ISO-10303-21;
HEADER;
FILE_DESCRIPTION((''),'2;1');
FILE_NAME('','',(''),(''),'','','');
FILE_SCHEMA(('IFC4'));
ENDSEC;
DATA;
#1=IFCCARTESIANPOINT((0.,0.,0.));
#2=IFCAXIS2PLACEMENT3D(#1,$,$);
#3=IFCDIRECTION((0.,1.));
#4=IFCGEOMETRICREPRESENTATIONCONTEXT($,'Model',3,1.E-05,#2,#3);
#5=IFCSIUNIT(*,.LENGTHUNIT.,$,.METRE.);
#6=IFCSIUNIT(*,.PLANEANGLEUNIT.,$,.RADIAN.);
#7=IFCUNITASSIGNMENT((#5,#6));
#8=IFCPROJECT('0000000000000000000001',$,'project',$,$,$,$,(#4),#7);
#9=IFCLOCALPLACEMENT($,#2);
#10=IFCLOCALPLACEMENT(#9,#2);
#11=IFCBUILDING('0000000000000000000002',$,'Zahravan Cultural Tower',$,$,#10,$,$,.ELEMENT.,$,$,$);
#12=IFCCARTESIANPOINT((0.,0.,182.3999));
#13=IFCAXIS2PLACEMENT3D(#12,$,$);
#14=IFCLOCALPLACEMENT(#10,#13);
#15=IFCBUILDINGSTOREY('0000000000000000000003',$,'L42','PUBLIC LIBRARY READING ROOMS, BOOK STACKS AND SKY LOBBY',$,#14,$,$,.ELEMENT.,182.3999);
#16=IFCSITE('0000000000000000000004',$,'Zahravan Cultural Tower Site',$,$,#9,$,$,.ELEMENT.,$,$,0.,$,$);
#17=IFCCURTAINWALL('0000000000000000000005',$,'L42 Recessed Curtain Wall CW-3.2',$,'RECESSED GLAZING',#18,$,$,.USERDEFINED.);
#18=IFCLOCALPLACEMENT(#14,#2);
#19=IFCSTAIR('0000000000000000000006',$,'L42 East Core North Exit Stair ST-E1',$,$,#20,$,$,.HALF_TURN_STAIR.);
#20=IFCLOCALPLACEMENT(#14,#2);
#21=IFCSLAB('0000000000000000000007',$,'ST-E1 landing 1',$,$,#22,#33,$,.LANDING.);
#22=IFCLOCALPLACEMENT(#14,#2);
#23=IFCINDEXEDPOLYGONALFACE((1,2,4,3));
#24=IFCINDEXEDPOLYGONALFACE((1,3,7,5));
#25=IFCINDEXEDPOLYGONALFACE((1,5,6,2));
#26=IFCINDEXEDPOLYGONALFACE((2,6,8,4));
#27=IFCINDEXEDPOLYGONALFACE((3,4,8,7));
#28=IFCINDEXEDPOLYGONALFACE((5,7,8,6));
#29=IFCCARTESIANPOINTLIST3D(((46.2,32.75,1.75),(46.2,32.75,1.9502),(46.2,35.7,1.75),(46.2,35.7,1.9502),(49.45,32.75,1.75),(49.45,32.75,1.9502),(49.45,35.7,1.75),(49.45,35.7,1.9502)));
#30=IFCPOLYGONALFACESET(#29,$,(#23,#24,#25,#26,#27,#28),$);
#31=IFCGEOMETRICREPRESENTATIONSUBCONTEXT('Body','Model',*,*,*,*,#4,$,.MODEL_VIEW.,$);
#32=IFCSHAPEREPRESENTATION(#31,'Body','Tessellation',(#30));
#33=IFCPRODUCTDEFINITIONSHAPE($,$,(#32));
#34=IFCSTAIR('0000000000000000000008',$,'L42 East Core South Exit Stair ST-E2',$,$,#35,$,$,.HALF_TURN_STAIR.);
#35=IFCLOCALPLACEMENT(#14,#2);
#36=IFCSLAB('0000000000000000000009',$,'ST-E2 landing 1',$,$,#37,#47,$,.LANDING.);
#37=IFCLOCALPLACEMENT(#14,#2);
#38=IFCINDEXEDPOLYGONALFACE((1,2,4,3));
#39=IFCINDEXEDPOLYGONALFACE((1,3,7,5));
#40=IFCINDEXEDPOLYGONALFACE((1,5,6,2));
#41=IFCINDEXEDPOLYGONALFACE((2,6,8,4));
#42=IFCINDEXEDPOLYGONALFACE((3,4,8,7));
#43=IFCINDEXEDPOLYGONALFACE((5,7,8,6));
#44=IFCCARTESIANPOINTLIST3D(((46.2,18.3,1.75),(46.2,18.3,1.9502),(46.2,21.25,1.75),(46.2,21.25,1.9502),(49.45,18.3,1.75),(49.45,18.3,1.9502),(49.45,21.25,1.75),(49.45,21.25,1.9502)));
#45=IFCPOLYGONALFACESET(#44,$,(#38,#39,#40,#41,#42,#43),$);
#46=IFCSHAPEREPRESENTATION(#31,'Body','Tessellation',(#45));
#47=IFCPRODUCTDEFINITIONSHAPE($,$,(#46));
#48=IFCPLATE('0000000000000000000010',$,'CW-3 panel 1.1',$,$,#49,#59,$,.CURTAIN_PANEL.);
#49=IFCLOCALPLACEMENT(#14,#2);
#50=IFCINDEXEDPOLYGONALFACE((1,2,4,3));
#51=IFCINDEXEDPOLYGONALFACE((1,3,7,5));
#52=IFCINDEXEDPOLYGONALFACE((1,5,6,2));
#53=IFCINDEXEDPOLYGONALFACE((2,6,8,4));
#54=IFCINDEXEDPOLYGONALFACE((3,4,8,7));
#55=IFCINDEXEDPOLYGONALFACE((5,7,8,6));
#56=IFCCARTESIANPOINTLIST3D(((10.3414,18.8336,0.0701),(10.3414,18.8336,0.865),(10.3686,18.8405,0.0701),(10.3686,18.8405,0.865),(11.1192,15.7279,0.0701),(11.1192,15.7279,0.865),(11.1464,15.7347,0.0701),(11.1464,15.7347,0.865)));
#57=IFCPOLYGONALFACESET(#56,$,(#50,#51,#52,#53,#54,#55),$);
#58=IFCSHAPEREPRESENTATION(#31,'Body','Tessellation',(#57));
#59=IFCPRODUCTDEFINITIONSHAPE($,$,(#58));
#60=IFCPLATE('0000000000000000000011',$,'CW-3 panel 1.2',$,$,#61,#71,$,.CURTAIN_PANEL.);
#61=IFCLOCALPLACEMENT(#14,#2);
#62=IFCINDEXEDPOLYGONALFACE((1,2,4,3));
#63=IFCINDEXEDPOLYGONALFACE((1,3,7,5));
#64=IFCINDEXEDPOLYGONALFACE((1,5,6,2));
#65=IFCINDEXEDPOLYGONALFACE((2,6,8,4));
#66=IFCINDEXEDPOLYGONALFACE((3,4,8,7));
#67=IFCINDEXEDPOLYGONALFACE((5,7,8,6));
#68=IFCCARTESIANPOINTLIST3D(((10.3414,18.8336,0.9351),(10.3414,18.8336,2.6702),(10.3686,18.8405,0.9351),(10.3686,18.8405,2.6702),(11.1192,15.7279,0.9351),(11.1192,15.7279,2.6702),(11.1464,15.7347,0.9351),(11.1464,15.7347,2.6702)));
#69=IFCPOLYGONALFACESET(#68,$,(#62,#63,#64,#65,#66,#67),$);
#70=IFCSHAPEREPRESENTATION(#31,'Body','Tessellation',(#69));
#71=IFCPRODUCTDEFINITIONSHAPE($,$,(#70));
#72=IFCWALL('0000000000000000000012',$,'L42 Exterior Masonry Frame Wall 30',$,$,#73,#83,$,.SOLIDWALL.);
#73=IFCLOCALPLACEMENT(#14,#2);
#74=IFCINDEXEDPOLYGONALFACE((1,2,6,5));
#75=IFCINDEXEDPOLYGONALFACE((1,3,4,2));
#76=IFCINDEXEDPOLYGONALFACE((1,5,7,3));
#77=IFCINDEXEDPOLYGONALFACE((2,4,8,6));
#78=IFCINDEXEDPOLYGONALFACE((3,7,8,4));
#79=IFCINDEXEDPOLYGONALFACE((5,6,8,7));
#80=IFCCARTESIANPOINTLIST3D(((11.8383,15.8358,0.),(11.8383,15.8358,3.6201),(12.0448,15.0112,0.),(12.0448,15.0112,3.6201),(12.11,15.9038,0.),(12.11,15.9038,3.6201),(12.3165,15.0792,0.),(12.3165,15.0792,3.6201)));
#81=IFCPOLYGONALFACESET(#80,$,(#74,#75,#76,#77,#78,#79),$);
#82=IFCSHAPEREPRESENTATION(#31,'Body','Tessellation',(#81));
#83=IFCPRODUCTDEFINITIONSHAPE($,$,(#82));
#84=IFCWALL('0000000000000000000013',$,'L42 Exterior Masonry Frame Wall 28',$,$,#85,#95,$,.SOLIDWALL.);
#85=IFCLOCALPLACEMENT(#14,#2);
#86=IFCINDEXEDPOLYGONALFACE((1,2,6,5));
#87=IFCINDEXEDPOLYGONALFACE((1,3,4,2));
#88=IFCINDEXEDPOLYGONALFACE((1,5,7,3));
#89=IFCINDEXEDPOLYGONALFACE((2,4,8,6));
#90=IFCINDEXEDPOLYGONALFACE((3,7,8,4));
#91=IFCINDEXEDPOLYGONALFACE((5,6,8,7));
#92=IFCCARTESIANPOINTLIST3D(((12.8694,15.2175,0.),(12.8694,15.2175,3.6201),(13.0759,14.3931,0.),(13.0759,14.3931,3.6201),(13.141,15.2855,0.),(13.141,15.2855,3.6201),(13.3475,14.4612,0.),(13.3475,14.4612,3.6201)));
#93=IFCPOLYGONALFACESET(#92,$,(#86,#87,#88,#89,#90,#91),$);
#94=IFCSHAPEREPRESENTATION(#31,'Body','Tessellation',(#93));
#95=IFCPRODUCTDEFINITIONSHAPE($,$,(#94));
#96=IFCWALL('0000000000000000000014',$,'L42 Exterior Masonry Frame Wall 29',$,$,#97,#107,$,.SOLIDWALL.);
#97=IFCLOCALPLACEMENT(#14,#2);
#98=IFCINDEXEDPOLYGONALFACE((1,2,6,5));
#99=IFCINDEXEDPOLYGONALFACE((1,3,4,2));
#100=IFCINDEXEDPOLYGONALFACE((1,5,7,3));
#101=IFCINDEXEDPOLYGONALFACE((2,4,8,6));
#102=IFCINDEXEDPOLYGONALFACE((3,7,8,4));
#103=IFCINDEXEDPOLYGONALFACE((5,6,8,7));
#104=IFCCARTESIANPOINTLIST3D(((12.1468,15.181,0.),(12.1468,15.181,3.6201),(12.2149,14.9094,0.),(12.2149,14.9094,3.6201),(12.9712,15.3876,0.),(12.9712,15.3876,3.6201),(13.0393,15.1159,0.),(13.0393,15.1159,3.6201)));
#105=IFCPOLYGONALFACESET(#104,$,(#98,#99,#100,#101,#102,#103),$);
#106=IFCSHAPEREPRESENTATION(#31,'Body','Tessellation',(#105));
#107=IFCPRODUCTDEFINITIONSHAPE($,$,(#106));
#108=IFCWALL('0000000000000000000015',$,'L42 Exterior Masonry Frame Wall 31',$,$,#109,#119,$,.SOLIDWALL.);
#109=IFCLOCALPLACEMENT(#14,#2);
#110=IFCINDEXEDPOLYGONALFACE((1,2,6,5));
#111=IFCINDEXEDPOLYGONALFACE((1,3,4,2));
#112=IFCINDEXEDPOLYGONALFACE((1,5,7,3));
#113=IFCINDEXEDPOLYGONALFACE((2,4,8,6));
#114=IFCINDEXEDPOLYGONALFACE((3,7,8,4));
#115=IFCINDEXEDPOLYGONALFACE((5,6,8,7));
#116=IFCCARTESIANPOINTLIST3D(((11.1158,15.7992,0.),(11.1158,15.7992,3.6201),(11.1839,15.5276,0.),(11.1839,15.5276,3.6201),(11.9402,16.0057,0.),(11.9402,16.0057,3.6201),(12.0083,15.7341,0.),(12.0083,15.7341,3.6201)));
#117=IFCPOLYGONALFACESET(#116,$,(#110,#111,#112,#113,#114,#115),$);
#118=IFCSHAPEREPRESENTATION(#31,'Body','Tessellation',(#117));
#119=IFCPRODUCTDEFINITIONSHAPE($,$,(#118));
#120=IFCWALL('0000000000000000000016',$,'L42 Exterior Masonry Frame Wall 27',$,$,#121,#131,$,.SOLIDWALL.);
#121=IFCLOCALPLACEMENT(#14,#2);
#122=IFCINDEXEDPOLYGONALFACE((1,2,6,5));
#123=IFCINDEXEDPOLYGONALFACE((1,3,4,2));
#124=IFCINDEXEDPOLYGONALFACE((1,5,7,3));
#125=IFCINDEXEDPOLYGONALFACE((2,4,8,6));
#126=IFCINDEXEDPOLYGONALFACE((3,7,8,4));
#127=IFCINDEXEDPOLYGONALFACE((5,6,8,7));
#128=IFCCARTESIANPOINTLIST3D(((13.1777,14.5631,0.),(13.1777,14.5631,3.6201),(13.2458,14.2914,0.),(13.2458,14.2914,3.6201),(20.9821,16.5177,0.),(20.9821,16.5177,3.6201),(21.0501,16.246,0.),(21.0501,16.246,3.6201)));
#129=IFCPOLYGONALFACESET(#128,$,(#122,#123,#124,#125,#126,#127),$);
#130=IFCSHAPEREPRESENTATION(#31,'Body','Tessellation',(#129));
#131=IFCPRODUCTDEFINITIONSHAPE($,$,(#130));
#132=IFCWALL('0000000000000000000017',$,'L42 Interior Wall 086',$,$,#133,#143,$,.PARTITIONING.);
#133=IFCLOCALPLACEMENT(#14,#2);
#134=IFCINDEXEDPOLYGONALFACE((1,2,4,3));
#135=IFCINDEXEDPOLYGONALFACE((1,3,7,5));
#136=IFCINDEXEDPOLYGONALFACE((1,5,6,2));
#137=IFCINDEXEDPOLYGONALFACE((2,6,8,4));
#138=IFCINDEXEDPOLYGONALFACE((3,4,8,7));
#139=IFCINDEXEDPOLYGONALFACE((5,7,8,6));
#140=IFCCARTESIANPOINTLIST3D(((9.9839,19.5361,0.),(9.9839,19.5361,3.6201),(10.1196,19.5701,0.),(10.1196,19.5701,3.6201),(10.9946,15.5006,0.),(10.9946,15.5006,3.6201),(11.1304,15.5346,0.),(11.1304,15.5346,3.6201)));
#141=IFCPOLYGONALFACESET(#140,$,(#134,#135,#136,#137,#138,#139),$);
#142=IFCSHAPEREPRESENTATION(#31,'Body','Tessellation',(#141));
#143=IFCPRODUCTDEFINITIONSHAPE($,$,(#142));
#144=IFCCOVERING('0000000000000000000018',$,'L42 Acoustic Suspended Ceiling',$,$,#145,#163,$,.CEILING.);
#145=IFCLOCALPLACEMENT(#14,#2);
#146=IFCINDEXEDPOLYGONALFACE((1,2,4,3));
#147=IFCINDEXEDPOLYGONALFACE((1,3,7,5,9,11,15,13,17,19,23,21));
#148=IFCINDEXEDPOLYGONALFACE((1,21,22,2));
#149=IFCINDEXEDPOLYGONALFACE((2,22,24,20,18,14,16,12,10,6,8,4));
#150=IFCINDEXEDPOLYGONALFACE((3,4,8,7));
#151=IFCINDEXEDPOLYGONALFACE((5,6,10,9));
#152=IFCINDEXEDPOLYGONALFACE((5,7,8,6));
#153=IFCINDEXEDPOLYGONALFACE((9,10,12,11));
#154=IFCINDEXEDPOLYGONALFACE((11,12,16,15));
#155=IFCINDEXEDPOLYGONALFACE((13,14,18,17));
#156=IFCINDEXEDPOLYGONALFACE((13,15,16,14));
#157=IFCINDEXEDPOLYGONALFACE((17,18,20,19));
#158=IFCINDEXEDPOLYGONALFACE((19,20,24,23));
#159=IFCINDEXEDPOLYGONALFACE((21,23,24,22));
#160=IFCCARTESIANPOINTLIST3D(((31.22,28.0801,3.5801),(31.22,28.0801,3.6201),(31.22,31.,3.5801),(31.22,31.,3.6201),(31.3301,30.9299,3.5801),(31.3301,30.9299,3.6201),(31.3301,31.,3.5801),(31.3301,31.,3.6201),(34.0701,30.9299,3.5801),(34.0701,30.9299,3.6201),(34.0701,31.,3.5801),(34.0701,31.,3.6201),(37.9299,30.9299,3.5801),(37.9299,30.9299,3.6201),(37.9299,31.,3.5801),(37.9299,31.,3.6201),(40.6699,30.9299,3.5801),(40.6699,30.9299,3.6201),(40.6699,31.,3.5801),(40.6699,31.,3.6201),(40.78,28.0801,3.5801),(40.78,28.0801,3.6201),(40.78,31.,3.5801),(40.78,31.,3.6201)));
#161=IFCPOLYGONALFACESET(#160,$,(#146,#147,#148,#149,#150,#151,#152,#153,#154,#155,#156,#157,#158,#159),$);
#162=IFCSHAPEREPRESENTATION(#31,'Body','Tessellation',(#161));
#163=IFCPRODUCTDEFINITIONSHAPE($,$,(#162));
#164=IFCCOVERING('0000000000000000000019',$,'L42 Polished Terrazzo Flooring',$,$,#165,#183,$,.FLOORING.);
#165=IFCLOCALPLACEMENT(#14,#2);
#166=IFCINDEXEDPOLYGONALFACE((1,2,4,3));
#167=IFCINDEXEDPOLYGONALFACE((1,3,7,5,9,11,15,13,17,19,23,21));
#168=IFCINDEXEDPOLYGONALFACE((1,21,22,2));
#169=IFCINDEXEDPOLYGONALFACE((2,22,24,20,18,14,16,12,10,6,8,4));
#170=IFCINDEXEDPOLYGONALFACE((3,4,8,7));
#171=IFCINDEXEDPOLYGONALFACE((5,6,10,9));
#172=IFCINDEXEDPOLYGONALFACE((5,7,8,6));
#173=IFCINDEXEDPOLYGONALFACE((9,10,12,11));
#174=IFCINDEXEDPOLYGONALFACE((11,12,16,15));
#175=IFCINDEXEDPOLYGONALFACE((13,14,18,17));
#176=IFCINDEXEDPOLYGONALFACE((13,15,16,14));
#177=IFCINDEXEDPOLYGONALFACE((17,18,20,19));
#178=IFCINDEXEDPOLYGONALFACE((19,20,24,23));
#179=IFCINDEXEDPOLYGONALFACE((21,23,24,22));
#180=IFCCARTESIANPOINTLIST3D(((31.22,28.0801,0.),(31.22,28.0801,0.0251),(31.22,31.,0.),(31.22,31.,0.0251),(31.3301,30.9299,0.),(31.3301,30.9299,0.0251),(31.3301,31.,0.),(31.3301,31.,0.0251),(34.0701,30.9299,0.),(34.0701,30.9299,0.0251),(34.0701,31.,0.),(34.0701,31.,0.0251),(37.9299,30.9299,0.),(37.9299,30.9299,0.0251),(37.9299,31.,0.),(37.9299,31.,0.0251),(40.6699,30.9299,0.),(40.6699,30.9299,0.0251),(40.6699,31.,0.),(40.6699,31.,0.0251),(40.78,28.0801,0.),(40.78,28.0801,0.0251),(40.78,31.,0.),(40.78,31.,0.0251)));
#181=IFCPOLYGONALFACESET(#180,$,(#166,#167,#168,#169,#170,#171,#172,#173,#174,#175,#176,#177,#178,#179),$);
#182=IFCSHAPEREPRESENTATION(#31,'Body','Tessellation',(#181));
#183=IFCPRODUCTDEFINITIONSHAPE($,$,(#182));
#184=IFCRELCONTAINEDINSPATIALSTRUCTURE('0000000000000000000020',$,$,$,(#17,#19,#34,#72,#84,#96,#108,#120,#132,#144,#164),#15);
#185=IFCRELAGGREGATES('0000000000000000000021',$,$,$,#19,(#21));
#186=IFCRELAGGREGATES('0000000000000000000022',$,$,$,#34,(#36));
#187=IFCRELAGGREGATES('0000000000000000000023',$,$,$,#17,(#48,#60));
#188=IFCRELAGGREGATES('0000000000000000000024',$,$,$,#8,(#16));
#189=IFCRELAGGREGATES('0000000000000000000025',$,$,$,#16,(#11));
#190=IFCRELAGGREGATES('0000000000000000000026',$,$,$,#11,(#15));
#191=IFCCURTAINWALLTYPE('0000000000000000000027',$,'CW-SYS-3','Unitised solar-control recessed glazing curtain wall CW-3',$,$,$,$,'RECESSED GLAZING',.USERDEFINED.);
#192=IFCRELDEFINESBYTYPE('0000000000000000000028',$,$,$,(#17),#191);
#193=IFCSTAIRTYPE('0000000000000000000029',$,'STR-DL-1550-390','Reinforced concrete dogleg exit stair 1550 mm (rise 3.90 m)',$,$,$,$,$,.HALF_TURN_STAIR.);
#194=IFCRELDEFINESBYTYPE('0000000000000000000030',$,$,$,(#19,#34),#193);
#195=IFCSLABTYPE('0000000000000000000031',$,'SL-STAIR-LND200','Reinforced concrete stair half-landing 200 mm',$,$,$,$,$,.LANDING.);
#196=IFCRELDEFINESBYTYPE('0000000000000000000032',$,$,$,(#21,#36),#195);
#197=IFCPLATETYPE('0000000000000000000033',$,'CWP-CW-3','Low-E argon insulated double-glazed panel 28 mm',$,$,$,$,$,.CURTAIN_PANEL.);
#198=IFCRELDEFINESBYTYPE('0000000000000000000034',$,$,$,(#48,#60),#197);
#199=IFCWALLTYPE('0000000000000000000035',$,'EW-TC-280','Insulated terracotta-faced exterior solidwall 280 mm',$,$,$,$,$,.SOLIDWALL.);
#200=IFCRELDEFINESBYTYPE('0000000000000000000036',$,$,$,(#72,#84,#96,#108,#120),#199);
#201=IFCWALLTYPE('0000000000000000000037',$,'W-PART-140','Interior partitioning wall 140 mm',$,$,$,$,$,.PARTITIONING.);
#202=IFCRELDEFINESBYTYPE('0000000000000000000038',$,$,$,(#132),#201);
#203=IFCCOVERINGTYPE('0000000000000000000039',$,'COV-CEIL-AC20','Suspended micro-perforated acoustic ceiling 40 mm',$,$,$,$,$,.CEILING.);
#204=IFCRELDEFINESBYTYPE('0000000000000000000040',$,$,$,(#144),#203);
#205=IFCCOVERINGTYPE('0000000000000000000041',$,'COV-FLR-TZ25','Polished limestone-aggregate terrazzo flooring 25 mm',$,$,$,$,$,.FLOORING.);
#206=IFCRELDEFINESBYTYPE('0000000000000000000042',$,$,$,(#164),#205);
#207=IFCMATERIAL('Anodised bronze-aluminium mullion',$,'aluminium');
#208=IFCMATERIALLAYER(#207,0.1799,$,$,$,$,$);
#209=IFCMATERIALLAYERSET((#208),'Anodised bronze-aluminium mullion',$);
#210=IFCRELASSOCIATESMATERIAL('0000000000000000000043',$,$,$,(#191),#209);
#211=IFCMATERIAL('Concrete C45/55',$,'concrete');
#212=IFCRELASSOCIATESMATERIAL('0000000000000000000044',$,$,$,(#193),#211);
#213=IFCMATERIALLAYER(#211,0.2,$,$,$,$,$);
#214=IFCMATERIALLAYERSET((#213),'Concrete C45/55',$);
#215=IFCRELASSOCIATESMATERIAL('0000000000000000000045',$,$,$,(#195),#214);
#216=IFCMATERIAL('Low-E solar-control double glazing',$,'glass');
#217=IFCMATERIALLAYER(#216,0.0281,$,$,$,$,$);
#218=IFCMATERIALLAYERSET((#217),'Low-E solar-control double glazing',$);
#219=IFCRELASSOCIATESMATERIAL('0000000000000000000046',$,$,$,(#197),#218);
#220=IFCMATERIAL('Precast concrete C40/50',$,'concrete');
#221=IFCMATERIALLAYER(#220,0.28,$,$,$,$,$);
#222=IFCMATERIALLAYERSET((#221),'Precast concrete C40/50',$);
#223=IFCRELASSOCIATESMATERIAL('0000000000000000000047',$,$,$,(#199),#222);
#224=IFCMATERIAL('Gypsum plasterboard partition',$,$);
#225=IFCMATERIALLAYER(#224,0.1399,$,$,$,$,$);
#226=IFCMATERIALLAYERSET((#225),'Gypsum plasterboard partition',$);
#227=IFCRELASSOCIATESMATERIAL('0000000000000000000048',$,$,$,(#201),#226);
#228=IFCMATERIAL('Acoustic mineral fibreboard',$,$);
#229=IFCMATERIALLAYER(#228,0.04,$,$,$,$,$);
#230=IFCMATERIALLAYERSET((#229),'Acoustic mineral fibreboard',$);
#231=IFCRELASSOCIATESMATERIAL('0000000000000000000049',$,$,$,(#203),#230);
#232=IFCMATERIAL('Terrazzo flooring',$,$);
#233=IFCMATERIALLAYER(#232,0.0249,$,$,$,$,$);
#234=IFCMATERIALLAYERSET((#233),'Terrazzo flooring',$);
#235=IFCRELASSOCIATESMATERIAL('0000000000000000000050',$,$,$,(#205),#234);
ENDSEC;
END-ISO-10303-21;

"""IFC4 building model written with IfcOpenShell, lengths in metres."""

from ifc_helpers import new_model, si_unit, direction, frame, frame_2d, origin, origin_2d, place, context, subcontext, project, spatial, polyline, rectangle, outline, extrude, source, transform, mapped, material, layer, layer_set, type_object, element, aggregate, save


model = new_model("IFC4")

# Units and contexts
model_context = context("Model", 3, precision=1e-05, world=origin(), true_north=direction((0.0, 1.0)))
body_context = subcontext(model_context, "Body", "Model", "MODEL_VIEW")
ifc_project = project(units=[si_unit("LENGTHUNIT", "METRE"), si_unit("PLANEANGLEUNIT", "RADIAN")], contexts=[model_context])

# Site, building, storey
site_placement = place(None, origin())
site = spatial("IfcSite", under=ifc_project, at=site_placement, Name="Zahravan Cultural Tower Site", CompositionType="ELEMENT", RefElevation=0.0)
building_placement = place(site_placement, origin())
building = spatial("IfcBuilding", under=site, at=building_placement, Name="Zahravan Cultural Tower", CompositionType="ELEMENT")
storey_placement = place(building_placement, frame((0.0, 0.0, 182.3999)))
storey = spatial("IfcBuildingStorey", under=building, at=storey_placement, Name="L42", Description="PUBLIC LIBRARY READING ROOMS, BOOK STACKS AND SKY LOBBY", CompositionType="ELEMENT", Elevation=182.3999)

# Curtain wall
ifc_material_1 = material(Name="Anodised bronze-aluminium mullion", Category="aluminium")
ifc_layer_1 = layer(ifc_material_1, 0.1799)
ifc_layer_set_1 = layer_set([ifc_layer_1], Name="Anodised bronze-aluminium mullion")
curtain_wall_type = type_object("IfcCurtainWallType", Name="CW-SYS-3", Description="Unitised solar-control recessed glazing curtain wall CW-3", ElementType="RECESSED GLAZING", PredefinedType="USERDEFINED", material=ifc_layer_set_1)
curtain_wall_placement = place(storey_placement, origin())
curtain_wall = element("IfcCurtainWall", 1, at=curtain_wall_placement, inside=storey, type_object=curtain_wall_type, Name="L42 Recessed Curtain Wall CW-3.2", ObjectType="RECESSED GLAZING", PredefinedType="USERDEFINED")

# Shared definitions
ifc_material_2 = material(Name="Concrete C45/55", Category="concrete")

# Stairs, slabs
stair_type = type_object("IfcStairType", Name="STR-DL-1550-390", Description="Reinforced concrete dogleg exit stair 1550 mm (rise 3.90 m)", PredefinedType="HALF_TURN_STAIR", material=ifc_material_2)
ifc_layer_2 = layer(ifc_material_2, 0.2)
ifc_layer_set_2 = layer_set([ifc_layer_2], Name="Concrete C45/55")
slab_type_1 = type_object("IfcSlabType", Name="SL-STAIR-LND200", Description="Reinforced concrete stair half-landing 200 mm", PredefinedType="LANDING", material=ifc_layer_set_2)
stair_1_placement = place(storey_placement, origin())
stair_1 = element("IfcStair", 2, at=stair_1_placement, inside=storey, type_object=stair_type, Name="L42 East Core North Exit Stair ST-E1", PredefinedType="HALF_TURN_STAIR")
slab_1_placement = place(storey_placement, frame((0.0, 0.0, 1.75)))
slab_1 = element("IfcSlab", 3, at=slab_1_placement, type_object=slab_type_1, Name="ST-E1 landing 1", PredefinedType="LANDING", context=body_context, shape_type="SweptSolid", body=[
    extrude(outline(polyline([(49.45, 32.75), (49.45, 35.7), (46.2, 35.7), (46.2, 32.75), (49.45, 32.75)])), origin(), (0.0, 0.0, 1.0), 0.2002),
])
aggregate(stair_1, [slab_1])
stair_2_placement = place(storey_placement, origin())
stair_2 = element("IfcStair", 4, at=stair_2_placement, inside=storey, type_object=stair_type, Name="L42 East Core South Exit Stair ST-E2", PredefinedType="HALF_TURN_STAIR")
slab_2_placement = place(storey_placement, frame((0.0, 0.0, 1.75)))
slab_2 = element("IfcSlab", 5, at=slab_2_placement, type_object=slab_type_1, Name="ST-E2 landing 1", PredefinedType="LANDING", context=body_context, shape_type="SweptSolid", body=[
    extrude(outline(polyline([(46.2, 21.25), (46.2, 18.3), (49.45, 18.3), (49.45, 21.25), (46.2, 21.25)])), origin(), (0.0, 0.0, 1.0), 0.2002),
])
aggregate(stair_2, [slab_2])

# Plates
ifc_material_3 = material(Name="Low-E solar-control double glazing", Category="glass")
ifc_layer_3 = layer(ifc_material_3, 0.0281)
ifc_layer_set_3 = layer_set([ifc_layer_3], Name="Low-E solar-control double glazing")
plate_type = type_object("IfcPlateType", Name="CWP-CW-3", Description="Low-E argon insulated double-glazed panel 28 mm", PredefinedType="CURTAIN_PANEL", material=ifc_layer_set_3)
shared_shape_1 = source(origin(), body_context, "Body", "SweptSolid", [
    extrude(rectangle(XDim=3.2017, YDim=0.0281, at=origin_2d()), origin(), (0.0, 0.0, 1.0), 0.7949),
])
plate_1_placement = place(storey_placement, frame((10.7439, 17.2842, 0.0701), z_axis=(0.0, 0.0, 1.0), x_axis=(-0.242944, 0.97004, 0.0)))
plate_1 = element("IfcPlate", 6, at=plate_1_placement, type_object=plate_type, Name="CW-3 panel 1.1", PredefinedType="CURTAIN_PANEL", context=body_context, shape_type="MappedRepresentation", body=[
    mapped(shared_shape_1, transform((0.0, 0.0, 0.0), x_axis=(1.0, 0.0, 0.0), y_axis=(0.0, 1.0, 0.0), z_axis=(0.0, 0.0, 1.0), scale=1.0)),
])
shared_shape_2 = source(origin(), body_context, "Body", "SweptSolid", [
    extrude(rectangle(XDim=3.2017, YDim=0.0281, at=origin_2d()), origin(), (0.0, 0.0, 1.0), 1.7351),
])
plate_2_placement = place(storey_placement, frame((10.7439, 17.2842, 0.9351), z_axis=(0.0, 0.0, 1.0), x_axis=(-0.242944, 0.97004, 0.0)))
plate_2 = element("IfcPlate", 7, at=plate_2_placement, type_object=plate_type, Name="CW-3 panel 1.2", PredefinedType="CURTAIN_PANEL", context=body_context, shape_type="MappedRepresentation", body=[
    mapped(shared_shape_2, transform((0.0, 0.0, 0.0), x_axis=(1.0, 0.0, 0.0), y_axis=(0.0, 1.0, 0.0), z_axis=(0.0, 0.0, 1.0), scale=1.0)),
])
aggregate(curtain_wall, [plate_1, plate_2])

# Walls
ifc_material_4 = material(Name="Precast concrete C40/50", Category="concrete")
ifc_layer_4 = layer(ifc_material_4, 0.28)
ifc_layer_set_4 = layer_set([ifc_layer_4], Name="Precast concrete C40/50")
wall_type_1 = type_object("IfcWallType", Name="EW-TC-280", Description="Insulated terracotta-faced exterior solidwall 280 mm", PredefinedType="SOLIDWALL", material=ifc_layer_set_4)
shared_shape_3 = source(origin(), body_context, "Body", "SweptSolid", [
    extrude(rectangle(XDim=0.8501, YDim=0.28, at=frame_2d((0.425, 0.0))), origin(), (0.0, 0.0, 1.0), 3.6201),
])
wall_1_placement = place(storey_placement, frame((12.1807, 15.0452, 0.0), z_axis=(0.0, 0.0, 1.0), x_axis=(-0.242941, 0.970041, 0.0)))
element("IfcWall", 8, at=wall_1_placement, inside=storey, type_object=wall_type_1, Name="L42 Exterior Masonry Frame Wall 30", PredefinedType="SOLIDWALL", context=body_context, shape_type="MappedRepresentation", body=[
    mapped(shared_shape_3, transform((0.0, 0.0, 0.0), x_axis=(1.0, 0.0, 0.0), y_axis=(0.0, 1.0, 0.0), z_axis=(0.0, 0.0, 1.0), scale=1.0)),
])
shared_shape_4 = source(origin(), body_context, "Body", "SweptSolid", [
    extrude(rectangle(XDim=0.8499, YDim=0.28, at=frame_2d((0.4248, 0.0))), origin(), (0.0, 0.0, 1.0), 3.6201),
])
for number, where, z_axis, x_axis, name in (
    (9, (13.2117, 14.4272, 0.0), (0.0, 0.0, 1.0), (-0.243009, 0.970024, 0.0), "L42 Exterior Masonry Frame Wall 28"),
    (10, (13.0051, 15.2517, 0.0), (0.0, 0.0, 1.0), (-0.970024, -0.243009, 0.0), "L42 Exterior Masonry Frame Wall 29"),
    (11, (11.9741, 15.8699, 0.0), (0.0, 0.0, 1.0), (-0.970024, -0.243009, 0.0), "L42 Exterior Masonry Frame Wall 31"),
):
    element("IfcWall", number, at=place(storey_placement, frame(where, z_axis=z_axis, x_axis=x_axis)), inside=storey, type_object=wall_type_1, Name=name, PredefinedType="SOLIDWALL", context=body_context, shape_type="MappedRepresentation", body=[
        mapped(shared_shape_4, transform((0.0, 0.0, 0.0), x_axis=(1.0, 0.0, 0.0), y_axis=(0.0, 1.0, 0.0), z_axis=(0.0, 0.0, 1.0), scale=1.0)),
    ])
shared_shape_5 = source(origin(), body_context, "Body", "SweptSolid", [
    extrude(rectangle(XDim=8.0454, YDim=0.28, at=frame_2d((4.0227, 0.0))), origin(), (0.0, 0.0, 1.0), 3.6201),
])
wall_2_placement = place(storey_placement, frame((21.0161, 16.3818, 0.0), z_axis=(0.0, 0.0, 1.0), x_axis=(-0.970041, -0.242943, 0.0)))
element("IfcWall", 12, at=wall_2_placement, inside=storey, type_object=wall_type_1, Name="L42 Exterior Masonry Frame Wall 27", PredefinedType="SOLIDWALL", context=body_context, shape_type="MappedRepresentation", body=[
    mapped(shared_shape_5, transform((0.0, 0.0, 0.0), x_axis=(1.0, 0.0, 0.0), y_axis=(0.0, 1.0, 0.0), z_axis=(0.0, 0.0, 1.0), scale=1.0)),
])
ifc_material_5 = material(Name="Gypsum plasterboard partition")
ifc_layer_5 = layer(ifc_material_5, 0.1399)
ifc_layer_set_5 = layer_set([ifc_layer_5], Name="Gypsum plasterboard partition")
wall_type_2 = type_object("IfcWallType", Name="W-PART-140", Description="Interior partitioning wall 140 mm", PredefinedType="PARTITIONING", material=ifc_layer_set_5)
shared_shape_6 = source(origin(), body_context, "Body", "SweptSolid", [
    extrude(rectangle(XDim=4.1602, YDim=0.1399, at=frame_2d((2.0801, 0.0))), origin(), (0.0, 0.0, 1.0), 3.6201),
])
wall_3_placement = place(storey_placement, frame((11.0625, 15.5176, 0.0), z_axis=(0.0, 0.0, 1.0), x_axis=(-0.242964, 0.970035, 0.0)))
element("IfcWall", 13, at=wall_3_placement, inside=storey, type_object=wall_type_2, Name="L42 Interior Wall 086", PredefinedType="PARTITIONING", context=body_context, shape_type="MappedRepresentation", body=[
    mapped(shared_shape_6, transform((0.0, 0.0, 0.0), x_axis=(1.0, 0.0, 0.0), y_axis=(0.0, 1.0, 0.0), z_axis=(0.0, 0.0, 1.0), scale=1.0)),
])

# Coverings
ifc_material_6 = material(Name="Acoustic mineral fibreboard")
ifc_layer_6 = layer(ifc_material_6, 0.04)
ifc_layer_set_6 = layer_set([ifc_layer_6], Name="Acoustic mineral fibreboard")
covering_type_1 = type_object("IfcCoveringType", Name="COV-CEIL-AC20", Description="Suspended micro-perforated acoustic ceiling 40 mm", PredefinedType="CEILING", material=ifc_layer_set_6)
covering_1_placement = place(storey_placement, frame((0.0, 0.0, 3.5801)))
element("IfcCovering", 14, at=covering_1_placement, inside=storey, type_object=covering_type_1, Name="L42 Acoustic Suspended Ceiling", PredefinedType="CEILING", context=body_context, shape_type="SweptSolid", body=[
    extrude(outline(polyline([(31.22, 31.0), (31.22, 28.0801), (40.78, 28.0801), (40.78, 31.0), (40.6699, 31.0), (40.6699, 30.9299), (37.9299, 30.9299), (37.9299, 31.0), (34.0701, 31.0), (34.0701, 30.9299), (31.3301, 30.9299), (31.3301, 31.0), (31.22, 31.0)])), origin(), (0.0, 0.0, 1.0), 0.04),
])
ifc_material_7 = material(Name="Terrazzo flooring")
ifc_layer_7 = layer(ifc_material_7, 0.0249)
ifc_layer_set_7 = layer_set([ifc_layer_7], Name="Terrazzo flooring")
covering_type_2 = type_object("IfcCoveringType", Name="COV-FLR-TZ25", Description="Polished limestone-aggregate terrazzo flooring 25 mm", PredefinedType="FLOORING", material=ifc_layer_set_7)
covering_2_placement = place(storey_placement, origin())
element("IfcCovering", 15, at=covering_2_placement, inside=storey, type_object=covering_type_2, Name="L42 Polished Terrazzo Flooring", PredefinedType="FLOORING", context=body_context, shape_type="SweptSolid", body=[
    extrude(outline(polyline([(31.22, 31.0), (31.22, 28.0801), (40.78, 28.0801), (40.78, 31.0), (40.6699, 31.0), (40.6699, 30.9299), (37.9299, 30.9299), (37.9299, 31.0), (34.0701, 31.0), (34.0701, 30.9299), (31.3301, 30.9299), (31.3301, 31.0), (31.22, 31.0)])), origin(), (0.0, 0.0, 1.0), 0.0251),
])

save(model, "model.ifc")
